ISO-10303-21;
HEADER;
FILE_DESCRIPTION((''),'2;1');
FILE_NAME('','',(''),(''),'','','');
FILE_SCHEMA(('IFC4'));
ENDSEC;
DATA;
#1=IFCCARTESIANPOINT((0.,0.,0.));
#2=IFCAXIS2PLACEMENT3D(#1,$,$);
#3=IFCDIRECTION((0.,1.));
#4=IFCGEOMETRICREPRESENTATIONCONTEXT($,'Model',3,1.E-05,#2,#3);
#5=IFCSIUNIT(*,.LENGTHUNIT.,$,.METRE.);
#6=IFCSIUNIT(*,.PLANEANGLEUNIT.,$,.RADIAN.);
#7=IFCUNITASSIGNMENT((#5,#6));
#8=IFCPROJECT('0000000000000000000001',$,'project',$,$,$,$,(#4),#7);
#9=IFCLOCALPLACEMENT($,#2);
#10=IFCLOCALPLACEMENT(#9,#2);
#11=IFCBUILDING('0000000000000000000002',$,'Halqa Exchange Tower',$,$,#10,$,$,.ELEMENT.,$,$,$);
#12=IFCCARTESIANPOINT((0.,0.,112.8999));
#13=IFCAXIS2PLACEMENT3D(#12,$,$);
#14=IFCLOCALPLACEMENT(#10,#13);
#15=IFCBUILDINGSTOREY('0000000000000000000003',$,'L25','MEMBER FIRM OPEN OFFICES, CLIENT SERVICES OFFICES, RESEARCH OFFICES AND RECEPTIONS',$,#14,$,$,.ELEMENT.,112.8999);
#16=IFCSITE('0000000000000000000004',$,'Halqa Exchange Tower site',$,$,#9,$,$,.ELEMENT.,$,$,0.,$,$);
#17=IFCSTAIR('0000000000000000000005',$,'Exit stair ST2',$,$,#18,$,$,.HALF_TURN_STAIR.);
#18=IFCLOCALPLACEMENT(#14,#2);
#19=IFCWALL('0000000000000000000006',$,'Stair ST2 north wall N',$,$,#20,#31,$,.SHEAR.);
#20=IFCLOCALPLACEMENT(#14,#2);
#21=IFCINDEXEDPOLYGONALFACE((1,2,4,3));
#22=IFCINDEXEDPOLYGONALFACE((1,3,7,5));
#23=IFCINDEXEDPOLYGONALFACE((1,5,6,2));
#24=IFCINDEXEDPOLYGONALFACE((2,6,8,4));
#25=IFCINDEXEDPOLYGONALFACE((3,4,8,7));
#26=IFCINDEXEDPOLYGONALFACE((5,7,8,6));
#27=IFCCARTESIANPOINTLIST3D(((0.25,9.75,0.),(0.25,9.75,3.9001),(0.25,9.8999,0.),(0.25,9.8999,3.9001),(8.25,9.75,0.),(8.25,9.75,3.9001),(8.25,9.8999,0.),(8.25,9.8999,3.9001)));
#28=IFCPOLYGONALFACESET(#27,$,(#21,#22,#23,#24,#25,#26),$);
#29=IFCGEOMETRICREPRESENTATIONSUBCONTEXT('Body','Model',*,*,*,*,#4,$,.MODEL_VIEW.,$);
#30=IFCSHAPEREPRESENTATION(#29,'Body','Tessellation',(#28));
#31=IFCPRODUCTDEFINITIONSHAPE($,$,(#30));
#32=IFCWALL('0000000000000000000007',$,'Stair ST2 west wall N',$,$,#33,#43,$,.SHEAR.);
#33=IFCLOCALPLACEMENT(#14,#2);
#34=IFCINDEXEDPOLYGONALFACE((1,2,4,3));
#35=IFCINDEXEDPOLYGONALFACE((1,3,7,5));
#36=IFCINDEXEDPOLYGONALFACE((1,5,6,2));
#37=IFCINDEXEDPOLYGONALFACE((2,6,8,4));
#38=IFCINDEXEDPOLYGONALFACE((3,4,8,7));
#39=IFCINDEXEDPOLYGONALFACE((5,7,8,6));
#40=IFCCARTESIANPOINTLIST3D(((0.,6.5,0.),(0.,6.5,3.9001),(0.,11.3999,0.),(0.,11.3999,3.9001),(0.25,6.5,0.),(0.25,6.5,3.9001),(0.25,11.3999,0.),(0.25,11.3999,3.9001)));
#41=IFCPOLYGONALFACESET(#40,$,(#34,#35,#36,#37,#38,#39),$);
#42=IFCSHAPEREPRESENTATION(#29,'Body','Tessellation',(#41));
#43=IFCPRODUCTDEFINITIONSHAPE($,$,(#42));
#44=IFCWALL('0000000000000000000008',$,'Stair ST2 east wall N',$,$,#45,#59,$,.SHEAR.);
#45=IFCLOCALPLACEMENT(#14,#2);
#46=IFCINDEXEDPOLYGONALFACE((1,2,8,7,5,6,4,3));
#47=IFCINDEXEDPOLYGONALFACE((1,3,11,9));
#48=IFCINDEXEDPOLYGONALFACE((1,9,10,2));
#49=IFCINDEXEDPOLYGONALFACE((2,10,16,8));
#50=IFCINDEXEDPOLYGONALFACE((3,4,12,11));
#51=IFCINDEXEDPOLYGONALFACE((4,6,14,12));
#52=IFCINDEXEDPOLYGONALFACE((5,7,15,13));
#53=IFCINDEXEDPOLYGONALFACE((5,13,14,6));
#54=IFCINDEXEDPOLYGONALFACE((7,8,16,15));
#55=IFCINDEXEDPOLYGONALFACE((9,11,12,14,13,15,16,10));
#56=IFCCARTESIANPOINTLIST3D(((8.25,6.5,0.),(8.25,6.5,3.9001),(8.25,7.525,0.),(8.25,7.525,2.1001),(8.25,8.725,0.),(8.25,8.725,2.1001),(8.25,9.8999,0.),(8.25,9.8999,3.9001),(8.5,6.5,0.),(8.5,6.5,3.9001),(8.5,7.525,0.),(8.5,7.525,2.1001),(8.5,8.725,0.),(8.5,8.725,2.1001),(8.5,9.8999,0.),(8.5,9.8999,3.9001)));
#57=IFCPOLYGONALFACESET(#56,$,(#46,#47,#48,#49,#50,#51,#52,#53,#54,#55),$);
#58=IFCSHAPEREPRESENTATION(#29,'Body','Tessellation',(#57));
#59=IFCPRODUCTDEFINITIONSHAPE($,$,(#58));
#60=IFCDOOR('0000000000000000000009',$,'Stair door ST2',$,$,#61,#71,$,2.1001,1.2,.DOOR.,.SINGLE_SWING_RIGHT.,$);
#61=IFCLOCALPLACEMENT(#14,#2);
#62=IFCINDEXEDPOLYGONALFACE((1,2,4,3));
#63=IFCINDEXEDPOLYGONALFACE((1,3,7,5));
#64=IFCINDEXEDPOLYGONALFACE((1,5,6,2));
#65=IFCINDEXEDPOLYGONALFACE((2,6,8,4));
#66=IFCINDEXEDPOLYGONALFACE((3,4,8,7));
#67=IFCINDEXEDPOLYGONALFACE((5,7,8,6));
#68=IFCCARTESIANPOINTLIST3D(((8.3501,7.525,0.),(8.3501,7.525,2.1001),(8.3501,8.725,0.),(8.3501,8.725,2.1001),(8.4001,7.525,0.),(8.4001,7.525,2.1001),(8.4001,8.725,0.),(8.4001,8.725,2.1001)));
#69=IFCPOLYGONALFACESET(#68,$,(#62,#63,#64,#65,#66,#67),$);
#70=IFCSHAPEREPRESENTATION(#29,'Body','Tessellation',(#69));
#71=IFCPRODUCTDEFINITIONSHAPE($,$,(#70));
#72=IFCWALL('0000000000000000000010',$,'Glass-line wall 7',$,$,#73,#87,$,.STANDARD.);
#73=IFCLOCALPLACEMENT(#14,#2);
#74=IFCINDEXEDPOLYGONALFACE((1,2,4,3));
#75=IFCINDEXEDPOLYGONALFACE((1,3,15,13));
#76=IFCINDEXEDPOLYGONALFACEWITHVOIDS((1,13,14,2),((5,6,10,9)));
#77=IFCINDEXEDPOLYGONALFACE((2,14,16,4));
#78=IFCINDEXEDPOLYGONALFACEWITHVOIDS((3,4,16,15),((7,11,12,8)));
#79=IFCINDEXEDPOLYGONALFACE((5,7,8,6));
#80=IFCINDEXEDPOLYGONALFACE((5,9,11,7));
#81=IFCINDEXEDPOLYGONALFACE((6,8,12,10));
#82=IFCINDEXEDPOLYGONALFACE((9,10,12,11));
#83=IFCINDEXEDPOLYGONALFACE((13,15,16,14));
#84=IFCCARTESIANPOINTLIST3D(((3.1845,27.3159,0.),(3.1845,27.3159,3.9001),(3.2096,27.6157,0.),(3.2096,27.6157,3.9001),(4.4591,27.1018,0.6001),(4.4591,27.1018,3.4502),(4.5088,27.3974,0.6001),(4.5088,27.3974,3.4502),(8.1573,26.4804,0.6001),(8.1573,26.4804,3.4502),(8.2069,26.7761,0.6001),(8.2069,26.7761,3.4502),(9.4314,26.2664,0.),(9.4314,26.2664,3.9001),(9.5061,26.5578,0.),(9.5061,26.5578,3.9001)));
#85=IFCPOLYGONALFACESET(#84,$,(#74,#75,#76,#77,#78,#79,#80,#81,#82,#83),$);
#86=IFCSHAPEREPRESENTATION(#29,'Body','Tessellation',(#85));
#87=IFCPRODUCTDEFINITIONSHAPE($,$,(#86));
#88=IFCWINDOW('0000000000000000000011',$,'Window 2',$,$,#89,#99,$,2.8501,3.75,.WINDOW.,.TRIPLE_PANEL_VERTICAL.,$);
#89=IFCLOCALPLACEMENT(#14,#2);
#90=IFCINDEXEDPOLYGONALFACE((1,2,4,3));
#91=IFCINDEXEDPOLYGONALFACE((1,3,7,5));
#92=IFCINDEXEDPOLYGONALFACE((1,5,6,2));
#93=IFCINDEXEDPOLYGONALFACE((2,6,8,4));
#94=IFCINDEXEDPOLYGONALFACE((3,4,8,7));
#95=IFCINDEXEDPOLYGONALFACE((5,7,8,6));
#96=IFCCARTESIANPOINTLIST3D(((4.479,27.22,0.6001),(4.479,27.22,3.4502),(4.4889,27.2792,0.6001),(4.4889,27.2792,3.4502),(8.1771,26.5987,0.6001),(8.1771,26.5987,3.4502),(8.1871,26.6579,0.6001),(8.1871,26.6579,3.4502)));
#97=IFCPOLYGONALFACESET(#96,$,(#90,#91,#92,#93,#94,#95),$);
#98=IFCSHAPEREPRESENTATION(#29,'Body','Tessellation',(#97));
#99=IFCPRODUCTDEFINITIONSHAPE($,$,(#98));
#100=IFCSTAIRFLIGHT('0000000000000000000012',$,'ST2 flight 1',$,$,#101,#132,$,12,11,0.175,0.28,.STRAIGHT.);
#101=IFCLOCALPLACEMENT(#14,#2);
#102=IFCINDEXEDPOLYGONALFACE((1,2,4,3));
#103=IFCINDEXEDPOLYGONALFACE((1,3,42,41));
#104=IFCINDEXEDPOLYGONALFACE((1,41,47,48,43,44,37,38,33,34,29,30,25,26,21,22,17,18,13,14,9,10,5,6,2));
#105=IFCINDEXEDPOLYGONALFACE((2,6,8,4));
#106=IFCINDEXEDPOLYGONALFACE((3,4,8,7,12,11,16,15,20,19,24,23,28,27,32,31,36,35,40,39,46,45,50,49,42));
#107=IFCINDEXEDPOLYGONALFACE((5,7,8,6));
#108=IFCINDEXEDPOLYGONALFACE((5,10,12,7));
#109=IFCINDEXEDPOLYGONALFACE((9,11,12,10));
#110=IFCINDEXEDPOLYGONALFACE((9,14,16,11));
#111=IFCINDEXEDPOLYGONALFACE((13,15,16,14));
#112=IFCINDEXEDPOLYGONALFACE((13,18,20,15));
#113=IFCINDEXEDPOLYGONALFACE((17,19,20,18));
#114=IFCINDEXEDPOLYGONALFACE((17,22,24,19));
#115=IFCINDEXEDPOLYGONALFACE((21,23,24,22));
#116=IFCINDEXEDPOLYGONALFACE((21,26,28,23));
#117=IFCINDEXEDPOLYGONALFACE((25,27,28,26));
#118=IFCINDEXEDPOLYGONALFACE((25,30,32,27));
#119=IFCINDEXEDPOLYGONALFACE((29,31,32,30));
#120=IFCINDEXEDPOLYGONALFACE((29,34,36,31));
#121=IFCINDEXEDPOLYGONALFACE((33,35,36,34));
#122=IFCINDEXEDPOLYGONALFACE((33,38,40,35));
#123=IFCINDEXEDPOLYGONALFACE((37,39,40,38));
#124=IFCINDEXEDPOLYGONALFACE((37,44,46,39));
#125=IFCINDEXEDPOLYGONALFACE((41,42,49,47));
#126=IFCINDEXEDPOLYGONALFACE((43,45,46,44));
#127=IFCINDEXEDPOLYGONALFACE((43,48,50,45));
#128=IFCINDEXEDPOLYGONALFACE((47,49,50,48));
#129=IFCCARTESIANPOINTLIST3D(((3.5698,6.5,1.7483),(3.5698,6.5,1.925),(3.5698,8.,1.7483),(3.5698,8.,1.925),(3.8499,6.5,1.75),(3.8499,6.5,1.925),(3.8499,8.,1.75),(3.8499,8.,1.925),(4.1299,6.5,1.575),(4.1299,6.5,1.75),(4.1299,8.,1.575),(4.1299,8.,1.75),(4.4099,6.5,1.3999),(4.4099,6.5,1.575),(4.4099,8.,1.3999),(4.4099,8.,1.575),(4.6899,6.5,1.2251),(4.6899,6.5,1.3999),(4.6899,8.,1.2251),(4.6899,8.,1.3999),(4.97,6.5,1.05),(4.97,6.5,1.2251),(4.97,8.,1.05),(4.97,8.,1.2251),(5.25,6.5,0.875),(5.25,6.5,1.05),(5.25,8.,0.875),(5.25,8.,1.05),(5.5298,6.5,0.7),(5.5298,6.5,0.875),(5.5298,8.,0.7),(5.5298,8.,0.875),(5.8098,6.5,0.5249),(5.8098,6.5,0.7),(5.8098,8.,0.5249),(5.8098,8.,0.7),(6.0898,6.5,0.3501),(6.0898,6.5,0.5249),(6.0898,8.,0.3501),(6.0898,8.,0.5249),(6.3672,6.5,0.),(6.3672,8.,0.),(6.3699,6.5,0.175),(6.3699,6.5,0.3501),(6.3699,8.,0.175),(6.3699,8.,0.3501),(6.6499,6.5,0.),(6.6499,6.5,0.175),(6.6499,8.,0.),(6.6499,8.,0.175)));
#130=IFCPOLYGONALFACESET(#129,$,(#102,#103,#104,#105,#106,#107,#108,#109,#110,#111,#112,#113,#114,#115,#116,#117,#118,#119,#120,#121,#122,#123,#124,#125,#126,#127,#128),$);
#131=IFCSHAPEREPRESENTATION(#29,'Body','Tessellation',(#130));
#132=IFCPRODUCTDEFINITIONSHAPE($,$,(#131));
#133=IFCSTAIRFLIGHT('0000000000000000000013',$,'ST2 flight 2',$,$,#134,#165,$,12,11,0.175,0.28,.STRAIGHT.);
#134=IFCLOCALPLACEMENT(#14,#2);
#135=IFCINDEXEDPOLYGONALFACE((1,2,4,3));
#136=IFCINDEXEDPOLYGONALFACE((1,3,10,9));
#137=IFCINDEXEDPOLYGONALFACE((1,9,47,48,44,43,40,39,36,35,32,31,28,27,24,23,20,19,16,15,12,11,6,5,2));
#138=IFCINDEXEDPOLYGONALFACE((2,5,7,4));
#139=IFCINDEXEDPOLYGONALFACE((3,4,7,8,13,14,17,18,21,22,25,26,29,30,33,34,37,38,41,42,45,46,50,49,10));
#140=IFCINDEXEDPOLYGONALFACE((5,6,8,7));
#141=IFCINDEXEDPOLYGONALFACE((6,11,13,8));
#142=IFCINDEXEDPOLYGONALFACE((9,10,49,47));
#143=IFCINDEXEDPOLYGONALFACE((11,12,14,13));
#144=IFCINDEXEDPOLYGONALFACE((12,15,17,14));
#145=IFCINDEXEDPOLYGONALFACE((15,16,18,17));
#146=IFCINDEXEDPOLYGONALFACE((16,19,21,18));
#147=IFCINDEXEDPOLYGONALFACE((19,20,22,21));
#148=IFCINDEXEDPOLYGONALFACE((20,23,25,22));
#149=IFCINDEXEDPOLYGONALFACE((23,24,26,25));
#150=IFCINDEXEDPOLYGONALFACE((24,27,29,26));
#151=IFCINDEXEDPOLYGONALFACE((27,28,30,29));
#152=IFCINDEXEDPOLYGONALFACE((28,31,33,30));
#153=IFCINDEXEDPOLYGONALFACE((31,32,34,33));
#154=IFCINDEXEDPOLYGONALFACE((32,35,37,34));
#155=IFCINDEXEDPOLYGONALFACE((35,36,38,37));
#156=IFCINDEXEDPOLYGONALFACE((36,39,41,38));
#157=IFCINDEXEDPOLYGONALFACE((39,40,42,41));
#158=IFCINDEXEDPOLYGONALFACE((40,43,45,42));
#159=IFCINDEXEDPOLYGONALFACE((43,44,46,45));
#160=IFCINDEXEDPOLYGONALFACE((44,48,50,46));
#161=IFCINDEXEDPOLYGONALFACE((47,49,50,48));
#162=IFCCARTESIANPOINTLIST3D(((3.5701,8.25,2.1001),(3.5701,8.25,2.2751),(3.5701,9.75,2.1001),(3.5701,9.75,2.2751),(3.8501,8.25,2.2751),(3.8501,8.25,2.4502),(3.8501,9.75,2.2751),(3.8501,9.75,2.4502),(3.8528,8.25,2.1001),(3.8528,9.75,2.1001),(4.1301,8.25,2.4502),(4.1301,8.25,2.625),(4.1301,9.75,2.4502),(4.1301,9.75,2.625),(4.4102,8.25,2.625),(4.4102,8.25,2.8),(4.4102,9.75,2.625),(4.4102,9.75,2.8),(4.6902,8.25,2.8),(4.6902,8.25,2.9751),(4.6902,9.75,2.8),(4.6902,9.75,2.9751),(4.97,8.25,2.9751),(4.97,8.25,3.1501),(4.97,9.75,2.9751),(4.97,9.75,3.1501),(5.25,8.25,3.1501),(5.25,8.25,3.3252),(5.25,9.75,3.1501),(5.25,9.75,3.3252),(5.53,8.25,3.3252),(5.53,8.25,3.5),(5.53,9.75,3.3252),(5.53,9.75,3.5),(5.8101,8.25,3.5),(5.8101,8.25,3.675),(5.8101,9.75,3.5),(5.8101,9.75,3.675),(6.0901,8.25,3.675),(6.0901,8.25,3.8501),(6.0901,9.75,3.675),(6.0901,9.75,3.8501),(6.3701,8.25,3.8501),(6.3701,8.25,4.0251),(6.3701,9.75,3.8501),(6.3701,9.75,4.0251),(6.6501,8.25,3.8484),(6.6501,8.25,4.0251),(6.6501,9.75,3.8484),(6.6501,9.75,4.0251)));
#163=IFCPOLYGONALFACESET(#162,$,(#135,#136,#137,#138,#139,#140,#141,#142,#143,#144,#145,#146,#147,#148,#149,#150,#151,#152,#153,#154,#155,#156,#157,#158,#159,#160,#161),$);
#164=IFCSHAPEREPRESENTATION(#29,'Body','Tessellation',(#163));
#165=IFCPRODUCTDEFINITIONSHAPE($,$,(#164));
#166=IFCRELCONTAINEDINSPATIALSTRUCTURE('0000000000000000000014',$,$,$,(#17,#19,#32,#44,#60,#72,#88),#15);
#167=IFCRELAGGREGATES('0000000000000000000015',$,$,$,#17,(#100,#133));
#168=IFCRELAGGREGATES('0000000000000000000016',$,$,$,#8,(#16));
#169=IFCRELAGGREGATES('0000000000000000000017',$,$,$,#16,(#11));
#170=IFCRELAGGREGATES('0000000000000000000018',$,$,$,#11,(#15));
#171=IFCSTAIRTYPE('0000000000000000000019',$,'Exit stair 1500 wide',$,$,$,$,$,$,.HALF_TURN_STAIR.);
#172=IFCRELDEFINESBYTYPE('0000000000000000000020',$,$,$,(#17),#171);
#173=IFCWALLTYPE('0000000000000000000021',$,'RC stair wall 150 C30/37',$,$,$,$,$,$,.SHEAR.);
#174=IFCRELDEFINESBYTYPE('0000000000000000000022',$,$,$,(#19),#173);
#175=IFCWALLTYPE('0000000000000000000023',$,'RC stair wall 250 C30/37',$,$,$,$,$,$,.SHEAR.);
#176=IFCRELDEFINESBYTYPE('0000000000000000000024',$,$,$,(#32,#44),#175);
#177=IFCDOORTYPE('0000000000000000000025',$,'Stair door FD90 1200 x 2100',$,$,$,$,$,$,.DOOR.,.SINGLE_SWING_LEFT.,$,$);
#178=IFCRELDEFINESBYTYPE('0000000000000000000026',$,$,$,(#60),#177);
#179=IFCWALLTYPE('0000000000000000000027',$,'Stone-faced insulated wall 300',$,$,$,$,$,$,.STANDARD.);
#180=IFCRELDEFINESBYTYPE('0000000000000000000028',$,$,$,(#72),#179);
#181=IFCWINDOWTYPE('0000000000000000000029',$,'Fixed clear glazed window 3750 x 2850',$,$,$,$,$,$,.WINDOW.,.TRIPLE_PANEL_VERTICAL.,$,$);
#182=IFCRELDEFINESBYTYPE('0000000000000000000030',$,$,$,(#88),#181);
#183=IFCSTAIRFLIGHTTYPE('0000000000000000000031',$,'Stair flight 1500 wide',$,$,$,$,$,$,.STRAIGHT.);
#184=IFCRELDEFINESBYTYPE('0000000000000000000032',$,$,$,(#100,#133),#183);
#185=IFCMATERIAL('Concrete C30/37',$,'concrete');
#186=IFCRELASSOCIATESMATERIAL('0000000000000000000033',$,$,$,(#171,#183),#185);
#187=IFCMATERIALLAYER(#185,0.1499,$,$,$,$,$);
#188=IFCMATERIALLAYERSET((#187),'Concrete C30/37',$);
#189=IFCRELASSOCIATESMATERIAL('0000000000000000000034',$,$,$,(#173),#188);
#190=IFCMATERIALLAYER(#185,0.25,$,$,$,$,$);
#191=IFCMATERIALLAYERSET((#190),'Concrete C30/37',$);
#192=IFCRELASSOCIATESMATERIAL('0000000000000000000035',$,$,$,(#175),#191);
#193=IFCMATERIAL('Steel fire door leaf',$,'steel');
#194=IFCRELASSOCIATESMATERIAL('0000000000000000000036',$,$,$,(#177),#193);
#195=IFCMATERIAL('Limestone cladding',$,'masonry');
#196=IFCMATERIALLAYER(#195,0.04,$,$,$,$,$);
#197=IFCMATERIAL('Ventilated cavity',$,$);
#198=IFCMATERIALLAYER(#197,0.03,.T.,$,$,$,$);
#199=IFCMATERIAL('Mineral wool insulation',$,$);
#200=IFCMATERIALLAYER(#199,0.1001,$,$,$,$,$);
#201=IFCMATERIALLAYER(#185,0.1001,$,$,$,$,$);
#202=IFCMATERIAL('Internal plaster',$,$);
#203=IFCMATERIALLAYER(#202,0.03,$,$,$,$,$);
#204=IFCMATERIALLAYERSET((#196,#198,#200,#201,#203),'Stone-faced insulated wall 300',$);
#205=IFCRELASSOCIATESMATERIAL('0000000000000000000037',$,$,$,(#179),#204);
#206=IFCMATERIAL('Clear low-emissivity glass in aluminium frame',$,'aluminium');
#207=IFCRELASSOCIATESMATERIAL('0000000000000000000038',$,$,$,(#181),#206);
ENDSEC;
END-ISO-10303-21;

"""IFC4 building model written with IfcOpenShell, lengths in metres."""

from ifc_helpers import new_model, si_unit, direction, frame, frame_2d, origin, place, context, subcontext, project, spatial, polyline, rectangle, outline, extrude, material, layer, layer_set, type_object, element, fill, aggregate, save


model = new_model("IFC4")

# Units and contexts
model_context = context("Model", 3, precision=1e-05, world=origin(), true_north=direction((0.0, 1.0)))
body_context = subcontext(model_context, "Body", "Model", "MODEL_VIEW")
ifc_project = project(units=[si_unit("LENGTHUNIT", "METRE"), si_unit("PLANEANGLEUNIT", "RADIAN")], contexts=[model_context])

# Site, building, storey
site_placement = place(None, origin())
site = spatial("IfcSite", under=ifc_project, at=site_placement, Name="Halqa Exchange Tower site", CompositionType="ELEMENT", RefElevation=0.0)
building_placement = place(site_placement, origin())
building = spatial("IfcBuilding", under=site, at=building_placement, Name="Halqa Exchange Tower", CompositionType="ELEMENT")
storey_placement = place(building_placement, frame((0.0, 0.0, 112.8999)))
storey = spatial("IfcBuildingStorey", under=building, at=storey_placement, Name="L25", Description="MEMBER FIRM OPEN OFFICES, CLIENT SERVICES OFFICES, RESEARCH OFFICES AND RECEPTIONS", CompositionType="ELEMENT", Elevation=112.8999)

# Stair
ifc_material_1 = material(Name="Concrete C30/37", Category="concrete")
stair_type = type_object("IfcStairType", Name="Exit stair 1500 wide", PredefinedType="HALF_TURN_STAIR", material=ifc_material_1)
stair_1_placement = place(storey_placement, origin())
stair_1 = element("IfcStair", 1, at=stair_1_placement, inside=storey, type_object=stair_type, Name="Exit stair ST2", PredefinedType="HALF_TURN_STAIR")

# Walls
ifc_layer_1 = layer(ifc_material_1, 0.1499)
ifc_layer_set_1 = layer_set([ifc_layer_1], Name="Concrete C30/37")
wall_type_1 = type_object("IfcWallType", Name="RC stair wall 150 C30/37", PredefinedType="SHEAR", material=ifc_layer_set_1)
wall_1_placement = place(storey_placement, frame((0.25, 9.825, 0.0), z_axis=(0.0, 0.0, 1.0), x_axis=(1.0, 0.0, 0.0)))
element("IfcWall", 2, at=wall_1_placement, inside=storey, type_object=wall_type_1, Name="Stair ST2 north wall N", PredefinedType="SHEAR", context=body_context, shape_type="SweptSolid", body=[
    extrude(rectangle(XDim=8.0, YDim=0.1499, at=frame_2d((4.0, 0.0))), origin(), (0.0, 0.0, 1.0), 3.9001),
])
ifc_layer_2 = layer(ifc_material_1, 0.25)
ifc_layer_set_2 = layer_set([ifc_layer_2], Name="Concrete C30/37")
wall_type_2 = type_object("IfcWallType", Name="RC stair wall 250 C30/37", PredefinedType="SHEAR", material=ifc_layer_set_2)
wall_2_placement = place(storey_placement, frame((0.125, 6.5, 0.0), z_axis=(0.0, 0.0, 1.0), x_axis=(0.0, 1.0, 0.0)))
element("IfcWall", 3, at=wall_2_placement, inside=storey, type_object=wall_type_2, Name="Stair ST2 west wall N", PredefinedType="SHEAR", context=body_context, shape_type="SweptSolid", body=[
    extrude(rectangle(XDim=4.8999, YDim=0.25, at=frame_2d((2.45, 0.0))), origin(), (0.0, 0.0, 1.0), 3.9001),
])

# Wall, opening, door
wall_3_placement = place(storey_placement, frame((8.375, 6.5, 0.0), z_axis=(0.0, 0.0, 1.0), x_axis=(0.0, 1.0, 0.0)))
wall_3 = element("IfcWall", 4, at=wall_3_placement, inside=storey, type_object=wall_type_2, Name="Stair ST2 east wall N", PredefinedType="SHEAR", context=body_context, shape_type="SweptSolid", body=[
    extrude(rectangle(XDim=3.3999, YDim=0.25, at=frame_2d((1.7, 0.0))), origin(), (0.0, 0.0, 1.0), 3.9001),
])
opening_1_placement = place(wall_3_placement, frame((1.0249, 0.0, 0.0)))
opening_1 = element("IfcOpeningElement", 5, at=opening_1_placement, cuts=wall_3, PredefinedType="OPENING", context=body_context, shape_type="SweptSolid", body=[
    extrude(rectangle(XDim=1.2, YDim=2.1001, at=frame_2d((0.6001, 1.05))), frame((0.0, 0.137, 0.0), z_axis=(0.0, -1.0, 0.0), x_axis=(1.0, 0.0, 0.0)), (0.0, 0.0, 1.0), 0.2739),
])
ifc_material_2 = material(Name="Steel fire door leaf", Category="steel")
door_type_1 = type_object("IfcDoorType", Name="Stair door FD90 1200 x 2100", OperationType="SINGLE_SWING_LEFT", PredefinedType="DOOR", material=ifc_material_2)
door_1_placement = place(opening_1_placement, origin())
door_1 = element("IfcDoor", 6, at=door_1_placement, inside=storey, type_object=door_type_1, Name="Stair door ST2", OperationType="SINGLE_SWING_RIGHT", OverallHeight=2.1001, OverallWidth=1.2, PredefinedType="DOOR", context=body_context, shape_type="SweptSolid", body=[
    extrude(rectangle(XDim=1.2, YDim=2.1001, at=frame_2d((0.6001, 1.05))), frame((0.0, 0.0249, 0.0), z_axis=(0.0, -1.0, 0.0), x_axis=(1.0, 0.0, 0.0)), (0.0, 0.0, 1.0), 0.05),
])
fill(opening_1, door_1)

# Wall, opening, window
ifc_material_3 = material(Name="Limestone cladding", Category="masonry")
ifc_layer_3 = layer(ifc_material_3, 0.04)
ifc_material_4 = material(Name="Ventilated cavity")
ifc_layer_4 = layer(ifc_material_4, 0.03, ventilated=True)
ifc_material_5 = material(Name="Mineral wool insulation")
ifc_layer_5 = layer(ifc_material_5, 0.1001)
ifc_layer_6 = layer(ifc_material_1, 0.1001)
ifc_material_6 = material(Name="Internal plaster")
ifc_layer_7 = layer(ifc_material_6, 0.03)
ifc_layer_set_3 = layer_set([ifc_layer_3, ifc_layer_4, ifc_layer_5, ifc_layer_6, ifc_layer_7], Name="Stone-faced insulated wall 300")
wall_type_3 = type_object("IfcWallType", Name="Stone-faced insulated wall 300", PredefinedType="STANDARD", material=ifc_layer_set_3)
wall_4_placement = place(storey_placement, frame((9.4688, 26.4121, 0.0), z_axis=(0.0, 0.0, 1.0), x_axis=(-0.986178, 0.165687, 0.0)))
wall_4 = element("IfcWall", 7, at=wall_4_placement, inside=storey, type_object=wall_type_3, Name="Glass-line wall 7", PredefinedType="STANDARD", context=body_context, shape_type="SweptSolid", body=[
    extrude(outline(polyline([(-0.0127, -0.1499), (6.3721, -0.1499), (6.3472, 0.1499), (0.0127, 0.1499), (-0.0127, -0.1499)])), origin(), (0.0, 0.0, 1.0), 3.9001),
])
opening_2_placement = place(wall_4_placement, frame((1.3047, 0.0, 0.6001)))
opening_2 = element("IfcOpeningElement", 8, at=opening_2_placement, cuts=wall_4, PredefinedType="OPENING", context=body_context, shape_type="SweptSolid", body=[
    extrude(rectangle(XDim=3.75, YDim=2.8501, at=frame_2d((1.875, 1.425))), frame((0.0, 0.1621, 0.0), z_axis=(0.0, -1.0, 0.0), x_axis=(1.0, 0.0, 0.0)), (0.0, 0.0, 1.0), 0.324),
])
ifc_material_7 = material(Name="Clear low-emissivity glass in aluminium frame", Category="aluminium")
window_type = type_object("IfcWindowType", Name="Fixed clear glazed window 3750 x 2850", PartitioningType="TRIPLE_PANEL_VERTICAL", PredefinedType="WINDOW", material=ifc_material_7)
window_placement = place(opening_2_placement, origin())
window = element("IfcWindow", 9, at=window_placement, inside=storey, type_object=window_type, Name="Window 2", OverallHeight=2.8501, OverallWidth=3.75, PartitioningType="TRIPLE_PANEL_VERTICAL", PredefinedType="WINDOW", context=body_context, shape_type="SweptSolid", body=[
    extrude(rectangle(XDim=3.75, YDim=2.8501, at=frame_2d((1.875, 1.425))), frame((0.0, 0.03, 0.0), z_axis=(0.0, -1.0, 0.0), x_axis=(1.0, 0.0, 0.0)), (0.0, 0.0, 1.0), 0.0601),
])
fill(opening_2, window)

# Stair flights
stair_flight_type = type_object("IfcStairFlightType", Name="Stair flight 1500 wide", PredefinedType="STRAIGHT", material=ifc_material_1)
stair_flight_1_placement = place(storey_placement, frame((6.6499, 7.25, 0.0), z_axis=(0.0, 0.0, 1.0), x_axis=(-1.0, 0.0, 0.0)))
stair_flight_1 = element("IfcStairFlight", 10, at=stair_flight_1_placement, type_object=stair_flight_type, Name="ST2 flight 1", NumberOfRisers=12, NumberOfTreads=11, PredefinedType="STRAIGHT", RiserHeight=0.175, TreadLength=0.28, context=body_context, shape_type="SweptSolid", body=[
    extrude(outline(polyline([(0.0, 0.0), (0.0, 0.175), (0.28, 0.175), (0.28, 0.3501), (0.5601, 0.3501), (0.5601, 0.5249), (0.8401, 0.5249), (0.8401, 0.7), (1.1201, 0.7), (1.1201, 0.875), (1.3999, 0.875), (1.3999, 1.05), (1.6799, 1.05), (1.6799, 1.2251), (1.96, 1.2251), (1.96, 1.3999), (2.24, 1.3999), (2.24, 1.575), (2.52, 1.575), (2.52, 1.75), (2.8, 1.75), (2.8, 1.925), (3.0801, 1.925), (3.0801, 2.1001), (3.0801, 1.7483), (0.2827, 0.0), (0.0, 0.0)])), frame((0.0, 0.75, 0.0), z_axis=(0.0, -1.0, 0.0), x_axis=(1.0, 0.0, 0.0)), (0.0, 0.0, 1.0), 1.5),
])
stair_flight_2_placement = place(storey_placement, frame((3.5701, 9.0, 2.1001), z_axis=(0.0, 0.0, 1.0), x_axis=(1.0, 0.0, 0.0)))
stair_flight_2 = element("IfcStairFlight", 11, at=stair_flight_2_placement, type_object=stair_flight_type, Name="ST2 flight 2", NumberOfRisers=12, NumberOfTreads=11, PredefinedType="STRAIGHT", RiserHeight=0.175, TreadLength=0.28, context=body_context, shape_type="SweptSolid", body=[
    extrude(outline(polyline([(0.0, 0.0), (0.0, 0.175), (0.28, 0.175), (0.28, 0.3501), (0.5601, 0.3501), (0.5601, 0.5249), (0.8401, 0.5249), (0.8401, 0.7), (1.1201, 0.7), (1.1201, 0.875), (1.3999, 0.875), (1.3999, 1.05), (1.6799, 1.05), (1.6799, 1.2251), (1.96, 1.2251), (1.96, 1.3999), (2.24, 1.3999), (2.24, 1.575), (2.52, 1.575), (2.52, 1.75), (2.8, 1.75), (2.8, 1.925), (3.0801, 1.925), (3.0801, 2.1001), (3.0801, 1.7483), (0.2827, 0.0), (0.0, 0.0)])), frame((0.0, 0.75, 0.0), z_axis=(0.0, -1.0, 0.0), x_axis=(1.0, 0.0, 0.0)), (0.0, 0.0, 1.0), 1.5),
])
aggregate(stair_1, [stair_flight_1, stair_flight_2])

save(model, "model.ifc")
